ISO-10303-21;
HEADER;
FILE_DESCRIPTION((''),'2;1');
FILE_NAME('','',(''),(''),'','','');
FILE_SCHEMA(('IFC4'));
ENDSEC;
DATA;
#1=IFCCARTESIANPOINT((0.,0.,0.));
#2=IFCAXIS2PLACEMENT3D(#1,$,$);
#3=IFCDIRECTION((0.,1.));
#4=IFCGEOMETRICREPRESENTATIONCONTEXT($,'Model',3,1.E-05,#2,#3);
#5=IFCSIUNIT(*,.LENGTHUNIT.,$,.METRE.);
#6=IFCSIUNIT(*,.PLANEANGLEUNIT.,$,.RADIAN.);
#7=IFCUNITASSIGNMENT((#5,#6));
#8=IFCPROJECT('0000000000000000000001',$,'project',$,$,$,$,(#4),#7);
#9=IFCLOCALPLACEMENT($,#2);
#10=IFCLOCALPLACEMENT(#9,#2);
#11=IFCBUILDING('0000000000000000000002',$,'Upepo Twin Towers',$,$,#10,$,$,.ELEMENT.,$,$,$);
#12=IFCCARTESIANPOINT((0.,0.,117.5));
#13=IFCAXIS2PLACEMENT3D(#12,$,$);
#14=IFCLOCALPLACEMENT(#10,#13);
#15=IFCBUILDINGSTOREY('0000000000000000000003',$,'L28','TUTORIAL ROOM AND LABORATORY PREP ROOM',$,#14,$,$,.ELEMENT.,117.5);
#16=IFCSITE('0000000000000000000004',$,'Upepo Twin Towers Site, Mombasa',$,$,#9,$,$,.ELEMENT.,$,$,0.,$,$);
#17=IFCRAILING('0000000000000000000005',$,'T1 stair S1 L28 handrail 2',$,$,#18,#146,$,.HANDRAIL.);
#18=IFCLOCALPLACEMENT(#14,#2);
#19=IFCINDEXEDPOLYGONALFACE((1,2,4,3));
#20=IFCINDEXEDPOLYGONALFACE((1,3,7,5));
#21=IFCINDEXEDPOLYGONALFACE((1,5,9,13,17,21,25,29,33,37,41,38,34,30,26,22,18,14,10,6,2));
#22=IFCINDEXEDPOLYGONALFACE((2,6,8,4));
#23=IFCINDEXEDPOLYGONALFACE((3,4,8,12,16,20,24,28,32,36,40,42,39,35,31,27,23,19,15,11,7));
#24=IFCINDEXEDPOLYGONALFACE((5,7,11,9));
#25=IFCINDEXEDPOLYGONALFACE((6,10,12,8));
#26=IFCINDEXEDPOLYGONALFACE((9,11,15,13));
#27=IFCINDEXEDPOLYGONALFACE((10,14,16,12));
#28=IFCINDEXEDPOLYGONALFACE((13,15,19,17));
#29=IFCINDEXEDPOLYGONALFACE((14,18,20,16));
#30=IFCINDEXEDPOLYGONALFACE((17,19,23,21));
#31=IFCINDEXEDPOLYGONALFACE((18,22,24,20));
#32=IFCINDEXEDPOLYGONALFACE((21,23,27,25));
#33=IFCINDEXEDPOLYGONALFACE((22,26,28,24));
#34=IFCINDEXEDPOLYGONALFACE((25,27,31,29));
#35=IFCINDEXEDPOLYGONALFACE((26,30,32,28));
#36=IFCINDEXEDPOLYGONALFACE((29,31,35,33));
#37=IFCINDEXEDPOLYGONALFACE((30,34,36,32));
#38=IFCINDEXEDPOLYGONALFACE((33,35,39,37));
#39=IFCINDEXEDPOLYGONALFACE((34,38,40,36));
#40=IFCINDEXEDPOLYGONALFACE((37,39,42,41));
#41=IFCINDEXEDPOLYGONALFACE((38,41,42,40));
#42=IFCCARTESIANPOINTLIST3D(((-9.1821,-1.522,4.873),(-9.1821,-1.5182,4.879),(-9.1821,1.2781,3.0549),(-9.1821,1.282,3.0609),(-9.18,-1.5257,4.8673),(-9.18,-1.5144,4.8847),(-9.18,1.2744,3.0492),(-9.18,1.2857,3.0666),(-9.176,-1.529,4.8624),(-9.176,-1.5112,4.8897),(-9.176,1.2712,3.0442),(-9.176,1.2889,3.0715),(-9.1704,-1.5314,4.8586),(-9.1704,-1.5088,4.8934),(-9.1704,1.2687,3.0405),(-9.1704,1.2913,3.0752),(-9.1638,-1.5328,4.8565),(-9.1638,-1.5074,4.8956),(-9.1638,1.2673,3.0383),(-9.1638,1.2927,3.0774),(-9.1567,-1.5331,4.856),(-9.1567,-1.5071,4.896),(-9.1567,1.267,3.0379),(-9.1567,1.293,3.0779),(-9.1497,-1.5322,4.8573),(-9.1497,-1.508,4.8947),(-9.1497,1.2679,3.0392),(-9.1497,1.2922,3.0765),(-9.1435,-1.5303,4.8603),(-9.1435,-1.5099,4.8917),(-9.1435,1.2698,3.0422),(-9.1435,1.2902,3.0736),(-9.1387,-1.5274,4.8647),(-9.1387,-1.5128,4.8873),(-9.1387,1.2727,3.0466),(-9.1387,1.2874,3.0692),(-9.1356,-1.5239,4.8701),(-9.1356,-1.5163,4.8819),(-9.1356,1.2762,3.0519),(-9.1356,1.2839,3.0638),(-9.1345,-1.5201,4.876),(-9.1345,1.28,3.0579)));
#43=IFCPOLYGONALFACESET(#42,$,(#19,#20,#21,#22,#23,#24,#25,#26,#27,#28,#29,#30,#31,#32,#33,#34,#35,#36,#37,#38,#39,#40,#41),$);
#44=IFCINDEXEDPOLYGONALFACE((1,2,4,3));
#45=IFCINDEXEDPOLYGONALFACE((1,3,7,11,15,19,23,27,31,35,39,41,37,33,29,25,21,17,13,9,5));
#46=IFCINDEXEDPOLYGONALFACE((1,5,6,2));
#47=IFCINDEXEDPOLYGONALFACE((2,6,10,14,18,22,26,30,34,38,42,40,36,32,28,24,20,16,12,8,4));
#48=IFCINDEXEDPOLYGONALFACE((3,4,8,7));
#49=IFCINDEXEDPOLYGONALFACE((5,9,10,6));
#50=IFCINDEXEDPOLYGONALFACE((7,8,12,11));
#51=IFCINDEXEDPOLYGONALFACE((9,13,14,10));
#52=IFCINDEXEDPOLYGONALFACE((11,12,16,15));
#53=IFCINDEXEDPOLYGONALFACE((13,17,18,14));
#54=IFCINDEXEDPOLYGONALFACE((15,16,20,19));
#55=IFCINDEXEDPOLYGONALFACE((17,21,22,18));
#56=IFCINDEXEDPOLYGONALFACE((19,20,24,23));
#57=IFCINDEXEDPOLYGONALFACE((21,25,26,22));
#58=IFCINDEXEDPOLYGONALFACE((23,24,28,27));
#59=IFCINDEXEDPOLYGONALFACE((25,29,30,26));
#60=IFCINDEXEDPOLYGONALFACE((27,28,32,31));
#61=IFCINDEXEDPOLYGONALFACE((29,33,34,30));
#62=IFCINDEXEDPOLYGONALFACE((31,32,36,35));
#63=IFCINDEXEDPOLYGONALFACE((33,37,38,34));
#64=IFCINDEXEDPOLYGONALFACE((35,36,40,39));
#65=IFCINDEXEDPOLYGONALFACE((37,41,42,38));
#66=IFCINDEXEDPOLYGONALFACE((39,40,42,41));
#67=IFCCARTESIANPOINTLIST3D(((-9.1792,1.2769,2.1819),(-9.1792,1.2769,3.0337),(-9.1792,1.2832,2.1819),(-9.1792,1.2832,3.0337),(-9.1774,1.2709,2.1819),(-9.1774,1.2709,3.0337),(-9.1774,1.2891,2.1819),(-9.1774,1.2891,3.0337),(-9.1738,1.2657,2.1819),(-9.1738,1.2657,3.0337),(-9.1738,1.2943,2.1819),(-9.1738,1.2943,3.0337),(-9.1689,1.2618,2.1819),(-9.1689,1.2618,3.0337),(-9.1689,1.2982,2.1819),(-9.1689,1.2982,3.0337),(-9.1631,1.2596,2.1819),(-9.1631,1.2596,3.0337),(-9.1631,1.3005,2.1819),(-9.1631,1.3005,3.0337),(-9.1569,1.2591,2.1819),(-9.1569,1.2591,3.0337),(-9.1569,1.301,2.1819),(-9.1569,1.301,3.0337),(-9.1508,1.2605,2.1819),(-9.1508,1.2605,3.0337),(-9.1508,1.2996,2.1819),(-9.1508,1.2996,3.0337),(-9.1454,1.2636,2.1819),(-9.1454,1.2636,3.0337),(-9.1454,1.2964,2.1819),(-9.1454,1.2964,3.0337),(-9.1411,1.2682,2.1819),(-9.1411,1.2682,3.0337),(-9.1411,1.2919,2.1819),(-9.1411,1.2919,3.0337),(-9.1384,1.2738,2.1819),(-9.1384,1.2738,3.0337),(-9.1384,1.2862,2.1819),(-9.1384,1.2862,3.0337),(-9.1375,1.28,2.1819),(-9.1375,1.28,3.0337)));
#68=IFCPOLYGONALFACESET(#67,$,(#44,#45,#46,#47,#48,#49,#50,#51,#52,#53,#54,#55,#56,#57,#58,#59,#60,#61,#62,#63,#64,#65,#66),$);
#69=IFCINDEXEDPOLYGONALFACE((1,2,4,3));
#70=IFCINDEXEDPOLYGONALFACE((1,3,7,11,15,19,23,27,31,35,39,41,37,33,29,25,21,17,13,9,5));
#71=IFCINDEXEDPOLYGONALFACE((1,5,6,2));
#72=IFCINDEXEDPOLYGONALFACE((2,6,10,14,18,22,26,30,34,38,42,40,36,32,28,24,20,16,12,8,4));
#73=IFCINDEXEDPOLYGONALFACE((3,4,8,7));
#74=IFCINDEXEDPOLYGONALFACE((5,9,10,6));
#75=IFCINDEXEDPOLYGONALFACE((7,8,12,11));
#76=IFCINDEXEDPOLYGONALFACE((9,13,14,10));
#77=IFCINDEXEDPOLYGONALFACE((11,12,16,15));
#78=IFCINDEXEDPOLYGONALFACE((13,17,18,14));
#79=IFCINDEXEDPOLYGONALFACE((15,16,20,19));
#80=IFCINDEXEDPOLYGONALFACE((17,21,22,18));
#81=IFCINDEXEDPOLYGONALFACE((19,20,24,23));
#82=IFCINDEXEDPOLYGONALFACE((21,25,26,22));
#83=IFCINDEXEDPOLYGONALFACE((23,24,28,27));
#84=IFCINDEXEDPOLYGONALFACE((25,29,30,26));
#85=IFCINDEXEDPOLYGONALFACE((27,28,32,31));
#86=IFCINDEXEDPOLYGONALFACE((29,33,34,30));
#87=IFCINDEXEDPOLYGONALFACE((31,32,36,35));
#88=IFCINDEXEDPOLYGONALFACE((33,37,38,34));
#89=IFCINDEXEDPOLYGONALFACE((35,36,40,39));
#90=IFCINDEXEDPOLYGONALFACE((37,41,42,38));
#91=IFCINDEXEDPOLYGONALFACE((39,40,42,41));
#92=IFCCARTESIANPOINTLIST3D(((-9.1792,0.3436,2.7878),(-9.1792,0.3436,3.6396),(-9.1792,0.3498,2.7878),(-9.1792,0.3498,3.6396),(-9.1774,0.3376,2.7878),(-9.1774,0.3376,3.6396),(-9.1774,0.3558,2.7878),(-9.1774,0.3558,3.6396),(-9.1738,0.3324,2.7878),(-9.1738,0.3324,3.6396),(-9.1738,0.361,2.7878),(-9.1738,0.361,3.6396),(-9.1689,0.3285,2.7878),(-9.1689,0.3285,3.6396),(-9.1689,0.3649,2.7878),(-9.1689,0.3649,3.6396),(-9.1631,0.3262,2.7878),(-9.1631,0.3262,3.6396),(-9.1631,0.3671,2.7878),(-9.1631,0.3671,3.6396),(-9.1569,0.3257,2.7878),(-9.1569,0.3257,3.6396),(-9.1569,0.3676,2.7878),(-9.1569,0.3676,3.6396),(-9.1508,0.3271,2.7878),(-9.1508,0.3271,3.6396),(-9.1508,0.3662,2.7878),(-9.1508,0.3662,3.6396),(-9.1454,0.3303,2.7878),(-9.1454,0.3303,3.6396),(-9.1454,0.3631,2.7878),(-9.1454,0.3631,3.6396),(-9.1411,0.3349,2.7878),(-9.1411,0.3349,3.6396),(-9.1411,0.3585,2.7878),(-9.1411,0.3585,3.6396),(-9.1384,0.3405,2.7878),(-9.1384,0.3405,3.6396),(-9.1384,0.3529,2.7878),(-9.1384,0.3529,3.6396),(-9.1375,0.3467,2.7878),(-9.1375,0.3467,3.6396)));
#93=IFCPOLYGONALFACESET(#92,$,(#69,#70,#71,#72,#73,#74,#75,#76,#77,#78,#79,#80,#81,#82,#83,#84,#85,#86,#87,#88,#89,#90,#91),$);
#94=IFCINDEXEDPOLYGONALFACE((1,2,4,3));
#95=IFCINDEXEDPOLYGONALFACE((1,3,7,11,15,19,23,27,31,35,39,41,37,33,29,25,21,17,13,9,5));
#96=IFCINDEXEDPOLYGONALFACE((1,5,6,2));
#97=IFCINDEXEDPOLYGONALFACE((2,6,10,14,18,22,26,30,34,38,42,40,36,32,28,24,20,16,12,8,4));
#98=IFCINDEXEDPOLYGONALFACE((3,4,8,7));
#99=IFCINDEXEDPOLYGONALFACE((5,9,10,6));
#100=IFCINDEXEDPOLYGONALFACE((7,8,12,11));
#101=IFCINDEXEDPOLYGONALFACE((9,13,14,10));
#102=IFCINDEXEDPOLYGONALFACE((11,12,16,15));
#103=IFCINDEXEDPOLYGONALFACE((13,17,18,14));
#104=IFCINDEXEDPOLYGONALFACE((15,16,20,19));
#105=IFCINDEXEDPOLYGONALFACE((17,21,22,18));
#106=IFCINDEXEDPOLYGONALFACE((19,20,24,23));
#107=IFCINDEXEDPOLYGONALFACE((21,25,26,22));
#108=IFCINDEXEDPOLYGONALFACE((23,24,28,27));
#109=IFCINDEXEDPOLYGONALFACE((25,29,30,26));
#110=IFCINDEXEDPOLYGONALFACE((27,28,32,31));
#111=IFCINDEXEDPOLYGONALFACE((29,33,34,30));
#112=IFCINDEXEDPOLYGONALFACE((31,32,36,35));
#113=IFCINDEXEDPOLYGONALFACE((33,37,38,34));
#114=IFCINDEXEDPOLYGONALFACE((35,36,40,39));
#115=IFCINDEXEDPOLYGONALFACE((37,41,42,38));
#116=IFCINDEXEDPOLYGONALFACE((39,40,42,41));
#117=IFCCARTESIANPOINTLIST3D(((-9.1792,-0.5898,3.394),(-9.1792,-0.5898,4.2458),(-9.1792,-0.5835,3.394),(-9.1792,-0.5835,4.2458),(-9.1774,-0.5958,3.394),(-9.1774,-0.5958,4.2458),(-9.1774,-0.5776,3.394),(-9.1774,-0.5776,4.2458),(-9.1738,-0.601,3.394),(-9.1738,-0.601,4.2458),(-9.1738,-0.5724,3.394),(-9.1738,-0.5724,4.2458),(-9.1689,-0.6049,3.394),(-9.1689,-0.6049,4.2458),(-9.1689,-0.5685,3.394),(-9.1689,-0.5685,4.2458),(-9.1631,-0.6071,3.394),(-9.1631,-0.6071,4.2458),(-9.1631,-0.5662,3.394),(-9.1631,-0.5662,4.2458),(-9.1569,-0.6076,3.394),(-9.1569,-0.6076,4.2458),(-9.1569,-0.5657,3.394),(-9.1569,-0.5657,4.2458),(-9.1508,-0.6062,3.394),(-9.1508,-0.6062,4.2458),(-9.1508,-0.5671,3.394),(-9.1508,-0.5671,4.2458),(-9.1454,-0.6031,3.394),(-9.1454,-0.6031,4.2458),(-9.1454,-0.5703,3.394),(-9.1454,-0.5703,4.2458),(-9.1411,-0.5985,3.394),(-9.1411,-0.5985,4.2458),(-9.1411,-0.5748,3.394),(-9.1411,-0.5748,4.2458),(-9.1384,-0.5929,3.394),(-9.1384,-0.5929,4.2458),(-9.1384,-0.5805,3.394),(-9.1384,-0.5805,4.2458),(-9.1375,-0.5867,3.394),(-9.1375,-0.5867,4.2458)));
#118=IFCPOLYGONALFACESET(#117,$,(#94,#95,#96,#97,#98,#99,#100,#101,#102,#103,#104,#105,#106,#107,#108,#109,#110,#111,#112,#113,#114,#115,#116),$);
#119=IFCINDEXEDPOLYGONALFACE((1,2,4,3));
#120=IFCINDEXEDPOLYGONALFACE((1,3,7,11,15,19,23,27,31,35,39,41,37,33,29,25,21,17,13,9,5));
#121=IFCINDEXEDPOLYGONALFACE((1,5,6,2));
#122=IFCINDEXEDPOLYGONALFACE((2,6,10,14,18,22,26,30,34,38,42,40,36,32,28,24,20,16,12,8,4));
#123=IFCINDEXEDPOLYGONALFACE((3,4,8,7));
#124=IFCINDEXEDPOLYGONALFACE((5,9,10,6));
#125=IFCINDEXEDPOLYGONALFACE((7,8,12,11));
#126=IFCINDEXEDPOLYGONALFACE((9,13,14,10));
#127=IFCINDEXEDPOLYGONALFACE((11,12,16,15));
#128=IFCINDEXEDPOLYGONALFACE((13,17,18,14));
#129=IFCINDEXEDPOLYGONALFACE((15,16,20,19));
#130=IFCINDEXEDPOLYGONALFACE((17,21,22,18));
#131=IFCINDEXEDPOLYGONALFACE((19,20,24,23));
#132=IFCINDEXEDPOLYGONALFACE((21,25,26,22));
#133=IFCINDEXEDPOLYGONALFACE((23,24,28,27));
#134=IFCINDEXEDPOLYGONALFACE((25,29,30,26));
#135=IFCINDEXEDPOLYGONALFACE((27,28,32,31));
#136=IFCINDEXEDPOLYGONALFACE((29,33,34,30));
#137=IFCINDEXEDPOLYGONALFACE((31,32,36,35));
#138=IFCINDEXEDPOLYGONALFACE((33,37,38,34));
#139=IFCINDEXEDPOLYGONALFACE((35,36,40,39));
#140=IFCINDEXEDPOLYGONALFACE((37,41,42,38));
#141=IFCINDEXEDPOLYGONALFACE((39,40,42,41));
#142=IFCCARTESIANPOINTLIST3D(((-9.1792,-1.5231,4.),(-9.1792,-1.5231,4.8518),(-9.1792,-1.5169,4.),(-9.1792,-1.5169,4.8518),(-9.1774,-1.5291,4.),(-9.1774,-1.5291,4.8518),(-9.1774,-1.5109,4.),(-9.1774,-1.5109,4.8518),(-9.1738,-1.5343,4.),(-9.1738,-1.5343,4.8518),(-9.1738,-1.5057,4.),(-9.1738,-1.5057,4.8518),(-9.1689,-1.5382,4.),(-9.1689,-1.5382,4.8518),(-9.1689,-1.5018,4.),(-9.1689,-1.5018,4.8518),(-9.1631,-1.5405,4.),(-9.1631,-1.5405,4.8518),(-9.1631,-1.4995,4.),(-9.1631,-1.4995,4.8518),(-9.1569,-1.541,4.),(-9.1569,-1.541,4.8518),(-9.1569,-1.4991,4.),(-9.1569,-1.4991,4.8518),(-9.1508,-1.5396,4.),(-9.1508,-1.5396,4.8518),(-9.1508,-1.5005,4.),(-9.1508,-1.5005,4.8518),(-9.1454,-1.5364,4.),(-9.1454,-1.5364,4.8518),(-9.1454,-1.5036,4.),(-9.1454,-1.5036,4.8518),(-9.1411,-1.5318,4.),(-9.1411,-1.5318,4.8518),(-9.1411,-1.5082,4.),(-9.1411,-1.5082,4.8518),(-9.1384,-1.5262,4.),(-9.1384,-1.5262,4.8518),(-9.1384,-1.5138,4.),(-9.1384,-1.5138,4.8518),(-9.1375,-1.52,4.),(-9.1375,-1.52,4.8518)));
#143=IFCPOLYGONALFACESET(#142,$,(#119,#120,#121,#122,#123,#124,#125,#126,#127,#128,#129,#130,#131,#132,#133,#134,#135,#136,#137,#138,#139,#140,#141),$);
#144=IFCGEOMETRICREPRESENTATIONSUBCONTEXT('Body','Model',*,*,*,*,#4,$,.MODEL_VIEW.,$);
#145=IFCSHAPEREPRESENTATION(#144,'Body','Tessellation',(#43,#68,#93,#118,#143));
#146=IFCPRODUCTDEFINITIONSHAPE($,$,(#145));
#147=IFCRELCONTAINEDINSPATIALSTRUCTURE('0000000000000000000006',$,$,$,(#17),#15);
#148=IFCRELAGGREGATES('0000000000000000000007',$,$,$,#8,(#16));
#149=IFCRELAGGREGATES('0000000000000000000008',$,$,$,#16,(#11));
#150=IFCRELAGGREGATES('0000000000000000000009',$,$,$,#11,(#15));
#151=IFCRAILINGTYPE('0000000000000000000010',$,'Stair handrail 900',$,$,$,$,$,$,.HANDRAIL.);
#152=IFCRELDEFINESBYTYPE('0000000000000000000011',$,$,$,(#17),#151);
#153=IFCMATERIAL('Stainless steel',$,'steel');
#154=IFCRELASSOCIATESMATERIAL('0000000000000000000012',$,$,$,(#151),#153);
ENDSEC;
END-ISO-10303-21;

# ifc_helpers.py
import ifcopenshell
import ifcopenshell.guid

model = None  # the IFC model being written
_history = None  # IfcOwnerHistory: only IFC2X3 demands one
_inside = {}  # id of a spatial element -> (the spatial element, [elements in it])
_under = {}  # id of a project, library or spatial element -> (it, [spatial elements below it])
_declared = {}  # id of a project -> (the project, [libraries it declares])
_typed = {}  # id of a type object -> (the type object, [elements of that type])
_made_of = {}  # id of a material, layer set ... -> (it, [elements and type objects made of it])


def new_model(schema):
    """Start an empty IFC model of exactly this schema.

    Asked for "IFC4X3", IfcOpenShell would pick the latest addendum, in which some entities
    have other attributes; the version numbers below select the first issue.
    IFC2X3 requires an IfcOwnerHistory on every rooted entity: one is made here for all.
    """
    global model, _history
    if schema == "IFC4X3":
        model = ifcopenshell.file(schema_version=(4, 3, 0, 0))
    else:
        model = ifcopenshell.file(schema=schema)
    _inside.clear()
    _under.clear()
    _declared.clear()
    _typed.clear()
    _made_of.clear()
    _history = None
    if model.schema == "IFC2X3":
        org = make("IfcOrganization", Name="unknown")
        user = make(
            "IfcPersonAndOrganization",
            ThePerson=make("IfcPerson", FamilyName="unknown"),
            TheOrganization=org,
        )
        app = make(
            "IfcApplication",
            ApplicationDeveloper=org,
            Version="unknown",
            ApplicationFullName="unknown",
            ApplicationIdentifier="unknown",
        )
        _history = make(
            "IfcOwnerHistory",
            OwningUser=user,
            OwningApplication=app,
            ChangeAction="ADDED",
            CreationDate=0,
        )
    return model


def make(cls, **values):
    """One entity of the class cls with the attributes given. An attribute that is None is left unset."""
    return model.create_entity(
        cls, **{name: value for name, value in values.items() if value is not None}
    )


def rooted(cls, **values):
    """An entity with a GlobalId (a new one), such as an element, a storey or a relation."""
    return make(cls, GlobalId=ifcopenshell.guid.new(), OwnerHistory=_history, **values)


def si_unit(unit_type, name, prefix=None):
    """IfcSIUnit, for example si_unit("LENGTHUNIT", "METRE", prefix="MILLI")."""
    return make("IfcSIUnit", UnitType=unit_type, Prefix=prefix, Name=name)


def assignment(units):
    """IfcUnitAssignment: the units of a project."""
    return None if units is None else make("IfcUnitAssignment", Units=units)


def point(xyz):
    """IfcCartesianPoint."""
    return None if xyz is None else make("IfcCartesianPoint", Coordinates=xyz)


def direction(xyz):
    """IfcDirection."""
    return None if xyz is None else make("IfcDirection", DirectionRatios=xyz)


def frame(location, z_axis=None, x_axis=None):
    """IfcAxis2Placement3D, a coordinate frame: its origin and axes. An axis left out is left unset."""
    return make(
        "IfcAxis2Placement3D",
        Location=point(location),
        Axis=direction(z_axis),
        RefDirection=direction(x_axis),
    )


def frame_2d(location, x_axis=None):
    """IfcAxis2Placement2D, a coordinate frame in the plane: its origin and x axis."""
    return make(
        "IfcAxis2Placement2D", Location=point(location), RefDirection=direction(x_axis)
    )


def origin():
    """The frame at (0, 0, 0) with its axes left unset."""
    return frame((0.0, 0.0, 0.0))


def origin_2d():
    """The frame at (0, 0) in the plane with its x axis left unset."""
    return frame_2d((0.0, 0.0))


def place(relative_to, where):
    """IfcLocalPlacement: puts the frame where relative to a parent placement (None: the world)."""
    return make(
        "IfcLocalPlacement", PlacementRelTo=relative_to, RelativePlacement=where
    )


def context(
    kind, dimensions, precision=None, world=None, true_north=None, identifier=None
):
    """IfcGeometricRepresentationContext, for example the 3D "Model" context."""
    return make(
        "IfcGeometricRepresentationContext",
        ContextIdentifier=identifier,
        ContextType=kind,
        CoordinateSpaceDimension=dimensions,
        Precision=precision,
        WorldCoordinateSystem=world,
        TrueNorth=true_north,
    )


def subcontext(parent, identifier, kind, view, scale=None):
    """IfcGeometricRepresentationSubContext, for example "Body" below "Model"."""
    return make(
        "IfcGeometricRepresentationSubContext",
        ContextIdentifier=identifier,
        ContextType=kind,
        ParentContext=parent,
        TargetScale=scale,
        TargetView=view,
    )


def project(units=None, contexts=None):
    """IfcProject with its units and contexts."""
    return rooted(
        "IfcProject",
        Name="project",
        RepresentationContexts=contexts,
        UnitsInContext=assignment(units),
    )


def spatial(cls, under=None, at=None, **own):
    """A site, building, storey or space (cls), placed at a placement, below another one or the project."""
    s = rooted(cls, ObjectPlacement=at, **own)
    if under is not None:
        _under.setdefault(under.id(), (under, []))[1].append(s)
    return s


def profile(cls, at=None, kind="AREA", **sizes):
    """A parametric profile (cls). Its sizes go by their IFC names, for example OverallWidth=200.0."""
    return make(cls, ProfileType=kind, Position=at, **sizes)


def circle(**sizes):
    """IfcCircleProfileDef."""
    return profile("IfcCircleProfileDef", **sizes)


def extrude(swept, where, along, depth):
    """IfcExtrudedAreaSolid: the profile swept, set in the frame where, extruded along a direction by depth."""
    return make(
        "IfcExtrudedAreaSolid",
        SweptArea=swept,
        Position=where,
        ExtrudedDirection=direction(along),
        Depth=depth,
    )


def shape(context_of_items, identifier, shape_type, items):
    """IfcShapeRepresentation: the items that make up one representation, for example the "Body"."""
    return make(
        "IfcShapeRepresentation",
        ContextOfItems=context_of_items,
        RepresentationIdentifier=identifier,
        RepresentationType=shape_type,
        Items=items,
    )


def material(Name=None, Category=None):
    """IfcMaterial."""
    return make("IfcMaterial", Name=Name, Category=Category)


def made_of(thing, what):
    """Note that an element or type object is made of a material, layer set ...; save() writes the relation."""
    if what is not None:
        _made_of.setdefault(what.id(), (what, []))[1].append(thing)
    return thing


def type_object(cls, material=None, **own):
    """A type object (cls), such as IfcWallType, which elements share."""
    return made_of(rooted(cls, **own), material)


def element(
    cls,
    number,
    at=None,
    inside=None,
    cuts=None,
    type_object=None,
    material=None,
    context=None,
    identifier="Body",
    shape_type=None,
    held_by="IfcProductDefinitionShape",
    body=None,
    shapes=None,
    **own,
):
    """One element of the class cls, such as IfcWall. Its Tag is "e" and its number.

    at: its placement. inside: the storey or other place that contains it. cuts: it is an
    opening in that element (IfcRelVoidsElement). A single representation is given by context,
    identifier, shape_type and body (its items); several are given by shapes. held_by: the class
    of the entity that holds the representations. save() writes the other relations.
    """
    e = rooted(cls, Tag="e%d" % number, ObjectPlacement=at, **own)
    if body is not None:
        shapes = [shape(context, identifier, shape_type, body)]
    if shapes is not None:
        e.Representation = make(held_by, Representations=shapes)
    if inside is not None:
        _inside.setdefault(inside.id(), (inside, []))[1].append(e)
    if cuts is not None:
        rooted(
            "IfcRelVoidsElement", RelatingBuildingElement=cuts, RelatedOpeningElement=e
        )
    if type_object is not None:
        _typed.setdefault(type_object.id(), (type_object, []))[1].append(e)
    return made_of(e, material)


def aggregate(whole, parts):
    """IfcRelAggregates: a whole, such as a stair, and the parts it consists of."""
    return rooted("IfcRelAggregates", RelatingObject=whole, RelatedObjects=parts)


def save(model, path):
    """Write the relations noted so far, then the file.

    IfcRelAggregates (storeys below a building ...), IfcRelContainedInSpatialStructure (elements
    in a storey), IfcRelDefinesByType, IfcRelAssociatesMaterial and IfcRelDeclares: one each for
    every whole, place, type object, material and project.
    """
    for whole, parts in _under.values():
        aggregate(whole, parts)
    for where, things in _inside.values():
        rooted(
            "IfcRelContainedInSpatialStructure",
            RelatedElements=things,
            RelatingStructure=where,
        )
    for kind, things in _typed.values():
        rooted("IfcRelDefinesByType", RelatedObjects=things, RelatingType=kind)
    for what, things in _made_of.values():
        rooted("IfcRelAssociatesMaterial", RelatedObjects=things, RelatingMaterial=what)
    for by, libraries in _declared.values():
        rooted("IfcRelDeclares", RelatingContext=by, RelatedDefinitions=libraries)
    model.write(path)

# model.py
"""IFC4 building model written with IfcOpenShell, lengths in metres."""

from ifc_helpers import new_model, si_unit, direction, frame, origin, origin_2d, place, context, subcontext, project, spatial, circle, extrude, material, type_object, element, save


model = new_model("IFC4")

# Units and contexts
model_context = context("Model", 3, precision=1e-05, world=origin(), true_north=direction((0.0, 1.0)))
body_context = subcontext(model_context, "Body", "Model", "MODEL_VIEW")
ifc_project = project(units=[si_unit("LENGTHUNIT", "METRE"), si_unit("PLANEANGLEUNIT", "RADIAN")], contexts=[model_context])

# Site, building, storey
site_placement = place(None, origin())
site = spatial("IfcSite", under=ifc_project, at=site_placement, Name="Upepo Twin Towers Site, Mombasa", CompositionType="ELEMENT", RefElevation=0.0)
building_placement = place(site_placement, origin())
building = spatial("IfcBuilding", under=site, at=building_placement, Name="Upepo Twin Towers", CompositionType="ELEMENT")
storey_placement = place(building_placement, frame((0.0, 0.0, 117.5)))
storey = spatial("IfcBuildingStorey", under=building, at=storey_placement, Name="L28", Description="TUTORIAL ROOM AND LABORATORY PREP ROOM", CompositionType="ELEMENT", Elevation=117.5)

# Railing
ifc_material_1 = material(Name="Stainless steel", Category="steel")
railing_type = type_object("IfcRailingType", Name="Stair handrail 900", PredefinedType="HANDRAIL", material=ifc_material_1)
railing_1_placement = place(storey_placement, frame((-9.1584, 1.28, 2.1819)))
element("IfcRailing", 1, at=railing_1_placement, inside=storey, type_object=railing_type, Name="T1 stair S1 L28 handrail 2", PredefinedType="HANDRAIL", context=body_context, shape_type="SweptSolid", body=[
    extrude(circle(Radius=0.0239, at=origin_2d()), frame((0.0, 0.0, 0.876), z_axis=(0.0, -0.838706, 0.544585), x_axis=(1.0, 0.0, 0.0)), (0.0, 0.0, 1.0), 3.3386),
    extrude(circle(Radius=0.021, at=origin_2d()), origin(), (0.0, 0.0, 1.0), 0.8518),
    extrude(circle(Radius=0.021, at=origin_2d()), frame((0.0, -0.9333, 0.606)), (0.0, 0.0, 1.0), 0.8518),
    extrude(circle(Radius=0.021, at=origin_2d()), frame((0.0, -1.8667, 1.2122)), (0.0, 0.0, 1.0), 0.8518),
    extrude(circle(Radius=0.021, at=origin_2d()), frame((0.0, -2.8, 1.8181)), (0.0, 0.0, 1.0), 0.8518),
])

save(model, "model.ifc")
